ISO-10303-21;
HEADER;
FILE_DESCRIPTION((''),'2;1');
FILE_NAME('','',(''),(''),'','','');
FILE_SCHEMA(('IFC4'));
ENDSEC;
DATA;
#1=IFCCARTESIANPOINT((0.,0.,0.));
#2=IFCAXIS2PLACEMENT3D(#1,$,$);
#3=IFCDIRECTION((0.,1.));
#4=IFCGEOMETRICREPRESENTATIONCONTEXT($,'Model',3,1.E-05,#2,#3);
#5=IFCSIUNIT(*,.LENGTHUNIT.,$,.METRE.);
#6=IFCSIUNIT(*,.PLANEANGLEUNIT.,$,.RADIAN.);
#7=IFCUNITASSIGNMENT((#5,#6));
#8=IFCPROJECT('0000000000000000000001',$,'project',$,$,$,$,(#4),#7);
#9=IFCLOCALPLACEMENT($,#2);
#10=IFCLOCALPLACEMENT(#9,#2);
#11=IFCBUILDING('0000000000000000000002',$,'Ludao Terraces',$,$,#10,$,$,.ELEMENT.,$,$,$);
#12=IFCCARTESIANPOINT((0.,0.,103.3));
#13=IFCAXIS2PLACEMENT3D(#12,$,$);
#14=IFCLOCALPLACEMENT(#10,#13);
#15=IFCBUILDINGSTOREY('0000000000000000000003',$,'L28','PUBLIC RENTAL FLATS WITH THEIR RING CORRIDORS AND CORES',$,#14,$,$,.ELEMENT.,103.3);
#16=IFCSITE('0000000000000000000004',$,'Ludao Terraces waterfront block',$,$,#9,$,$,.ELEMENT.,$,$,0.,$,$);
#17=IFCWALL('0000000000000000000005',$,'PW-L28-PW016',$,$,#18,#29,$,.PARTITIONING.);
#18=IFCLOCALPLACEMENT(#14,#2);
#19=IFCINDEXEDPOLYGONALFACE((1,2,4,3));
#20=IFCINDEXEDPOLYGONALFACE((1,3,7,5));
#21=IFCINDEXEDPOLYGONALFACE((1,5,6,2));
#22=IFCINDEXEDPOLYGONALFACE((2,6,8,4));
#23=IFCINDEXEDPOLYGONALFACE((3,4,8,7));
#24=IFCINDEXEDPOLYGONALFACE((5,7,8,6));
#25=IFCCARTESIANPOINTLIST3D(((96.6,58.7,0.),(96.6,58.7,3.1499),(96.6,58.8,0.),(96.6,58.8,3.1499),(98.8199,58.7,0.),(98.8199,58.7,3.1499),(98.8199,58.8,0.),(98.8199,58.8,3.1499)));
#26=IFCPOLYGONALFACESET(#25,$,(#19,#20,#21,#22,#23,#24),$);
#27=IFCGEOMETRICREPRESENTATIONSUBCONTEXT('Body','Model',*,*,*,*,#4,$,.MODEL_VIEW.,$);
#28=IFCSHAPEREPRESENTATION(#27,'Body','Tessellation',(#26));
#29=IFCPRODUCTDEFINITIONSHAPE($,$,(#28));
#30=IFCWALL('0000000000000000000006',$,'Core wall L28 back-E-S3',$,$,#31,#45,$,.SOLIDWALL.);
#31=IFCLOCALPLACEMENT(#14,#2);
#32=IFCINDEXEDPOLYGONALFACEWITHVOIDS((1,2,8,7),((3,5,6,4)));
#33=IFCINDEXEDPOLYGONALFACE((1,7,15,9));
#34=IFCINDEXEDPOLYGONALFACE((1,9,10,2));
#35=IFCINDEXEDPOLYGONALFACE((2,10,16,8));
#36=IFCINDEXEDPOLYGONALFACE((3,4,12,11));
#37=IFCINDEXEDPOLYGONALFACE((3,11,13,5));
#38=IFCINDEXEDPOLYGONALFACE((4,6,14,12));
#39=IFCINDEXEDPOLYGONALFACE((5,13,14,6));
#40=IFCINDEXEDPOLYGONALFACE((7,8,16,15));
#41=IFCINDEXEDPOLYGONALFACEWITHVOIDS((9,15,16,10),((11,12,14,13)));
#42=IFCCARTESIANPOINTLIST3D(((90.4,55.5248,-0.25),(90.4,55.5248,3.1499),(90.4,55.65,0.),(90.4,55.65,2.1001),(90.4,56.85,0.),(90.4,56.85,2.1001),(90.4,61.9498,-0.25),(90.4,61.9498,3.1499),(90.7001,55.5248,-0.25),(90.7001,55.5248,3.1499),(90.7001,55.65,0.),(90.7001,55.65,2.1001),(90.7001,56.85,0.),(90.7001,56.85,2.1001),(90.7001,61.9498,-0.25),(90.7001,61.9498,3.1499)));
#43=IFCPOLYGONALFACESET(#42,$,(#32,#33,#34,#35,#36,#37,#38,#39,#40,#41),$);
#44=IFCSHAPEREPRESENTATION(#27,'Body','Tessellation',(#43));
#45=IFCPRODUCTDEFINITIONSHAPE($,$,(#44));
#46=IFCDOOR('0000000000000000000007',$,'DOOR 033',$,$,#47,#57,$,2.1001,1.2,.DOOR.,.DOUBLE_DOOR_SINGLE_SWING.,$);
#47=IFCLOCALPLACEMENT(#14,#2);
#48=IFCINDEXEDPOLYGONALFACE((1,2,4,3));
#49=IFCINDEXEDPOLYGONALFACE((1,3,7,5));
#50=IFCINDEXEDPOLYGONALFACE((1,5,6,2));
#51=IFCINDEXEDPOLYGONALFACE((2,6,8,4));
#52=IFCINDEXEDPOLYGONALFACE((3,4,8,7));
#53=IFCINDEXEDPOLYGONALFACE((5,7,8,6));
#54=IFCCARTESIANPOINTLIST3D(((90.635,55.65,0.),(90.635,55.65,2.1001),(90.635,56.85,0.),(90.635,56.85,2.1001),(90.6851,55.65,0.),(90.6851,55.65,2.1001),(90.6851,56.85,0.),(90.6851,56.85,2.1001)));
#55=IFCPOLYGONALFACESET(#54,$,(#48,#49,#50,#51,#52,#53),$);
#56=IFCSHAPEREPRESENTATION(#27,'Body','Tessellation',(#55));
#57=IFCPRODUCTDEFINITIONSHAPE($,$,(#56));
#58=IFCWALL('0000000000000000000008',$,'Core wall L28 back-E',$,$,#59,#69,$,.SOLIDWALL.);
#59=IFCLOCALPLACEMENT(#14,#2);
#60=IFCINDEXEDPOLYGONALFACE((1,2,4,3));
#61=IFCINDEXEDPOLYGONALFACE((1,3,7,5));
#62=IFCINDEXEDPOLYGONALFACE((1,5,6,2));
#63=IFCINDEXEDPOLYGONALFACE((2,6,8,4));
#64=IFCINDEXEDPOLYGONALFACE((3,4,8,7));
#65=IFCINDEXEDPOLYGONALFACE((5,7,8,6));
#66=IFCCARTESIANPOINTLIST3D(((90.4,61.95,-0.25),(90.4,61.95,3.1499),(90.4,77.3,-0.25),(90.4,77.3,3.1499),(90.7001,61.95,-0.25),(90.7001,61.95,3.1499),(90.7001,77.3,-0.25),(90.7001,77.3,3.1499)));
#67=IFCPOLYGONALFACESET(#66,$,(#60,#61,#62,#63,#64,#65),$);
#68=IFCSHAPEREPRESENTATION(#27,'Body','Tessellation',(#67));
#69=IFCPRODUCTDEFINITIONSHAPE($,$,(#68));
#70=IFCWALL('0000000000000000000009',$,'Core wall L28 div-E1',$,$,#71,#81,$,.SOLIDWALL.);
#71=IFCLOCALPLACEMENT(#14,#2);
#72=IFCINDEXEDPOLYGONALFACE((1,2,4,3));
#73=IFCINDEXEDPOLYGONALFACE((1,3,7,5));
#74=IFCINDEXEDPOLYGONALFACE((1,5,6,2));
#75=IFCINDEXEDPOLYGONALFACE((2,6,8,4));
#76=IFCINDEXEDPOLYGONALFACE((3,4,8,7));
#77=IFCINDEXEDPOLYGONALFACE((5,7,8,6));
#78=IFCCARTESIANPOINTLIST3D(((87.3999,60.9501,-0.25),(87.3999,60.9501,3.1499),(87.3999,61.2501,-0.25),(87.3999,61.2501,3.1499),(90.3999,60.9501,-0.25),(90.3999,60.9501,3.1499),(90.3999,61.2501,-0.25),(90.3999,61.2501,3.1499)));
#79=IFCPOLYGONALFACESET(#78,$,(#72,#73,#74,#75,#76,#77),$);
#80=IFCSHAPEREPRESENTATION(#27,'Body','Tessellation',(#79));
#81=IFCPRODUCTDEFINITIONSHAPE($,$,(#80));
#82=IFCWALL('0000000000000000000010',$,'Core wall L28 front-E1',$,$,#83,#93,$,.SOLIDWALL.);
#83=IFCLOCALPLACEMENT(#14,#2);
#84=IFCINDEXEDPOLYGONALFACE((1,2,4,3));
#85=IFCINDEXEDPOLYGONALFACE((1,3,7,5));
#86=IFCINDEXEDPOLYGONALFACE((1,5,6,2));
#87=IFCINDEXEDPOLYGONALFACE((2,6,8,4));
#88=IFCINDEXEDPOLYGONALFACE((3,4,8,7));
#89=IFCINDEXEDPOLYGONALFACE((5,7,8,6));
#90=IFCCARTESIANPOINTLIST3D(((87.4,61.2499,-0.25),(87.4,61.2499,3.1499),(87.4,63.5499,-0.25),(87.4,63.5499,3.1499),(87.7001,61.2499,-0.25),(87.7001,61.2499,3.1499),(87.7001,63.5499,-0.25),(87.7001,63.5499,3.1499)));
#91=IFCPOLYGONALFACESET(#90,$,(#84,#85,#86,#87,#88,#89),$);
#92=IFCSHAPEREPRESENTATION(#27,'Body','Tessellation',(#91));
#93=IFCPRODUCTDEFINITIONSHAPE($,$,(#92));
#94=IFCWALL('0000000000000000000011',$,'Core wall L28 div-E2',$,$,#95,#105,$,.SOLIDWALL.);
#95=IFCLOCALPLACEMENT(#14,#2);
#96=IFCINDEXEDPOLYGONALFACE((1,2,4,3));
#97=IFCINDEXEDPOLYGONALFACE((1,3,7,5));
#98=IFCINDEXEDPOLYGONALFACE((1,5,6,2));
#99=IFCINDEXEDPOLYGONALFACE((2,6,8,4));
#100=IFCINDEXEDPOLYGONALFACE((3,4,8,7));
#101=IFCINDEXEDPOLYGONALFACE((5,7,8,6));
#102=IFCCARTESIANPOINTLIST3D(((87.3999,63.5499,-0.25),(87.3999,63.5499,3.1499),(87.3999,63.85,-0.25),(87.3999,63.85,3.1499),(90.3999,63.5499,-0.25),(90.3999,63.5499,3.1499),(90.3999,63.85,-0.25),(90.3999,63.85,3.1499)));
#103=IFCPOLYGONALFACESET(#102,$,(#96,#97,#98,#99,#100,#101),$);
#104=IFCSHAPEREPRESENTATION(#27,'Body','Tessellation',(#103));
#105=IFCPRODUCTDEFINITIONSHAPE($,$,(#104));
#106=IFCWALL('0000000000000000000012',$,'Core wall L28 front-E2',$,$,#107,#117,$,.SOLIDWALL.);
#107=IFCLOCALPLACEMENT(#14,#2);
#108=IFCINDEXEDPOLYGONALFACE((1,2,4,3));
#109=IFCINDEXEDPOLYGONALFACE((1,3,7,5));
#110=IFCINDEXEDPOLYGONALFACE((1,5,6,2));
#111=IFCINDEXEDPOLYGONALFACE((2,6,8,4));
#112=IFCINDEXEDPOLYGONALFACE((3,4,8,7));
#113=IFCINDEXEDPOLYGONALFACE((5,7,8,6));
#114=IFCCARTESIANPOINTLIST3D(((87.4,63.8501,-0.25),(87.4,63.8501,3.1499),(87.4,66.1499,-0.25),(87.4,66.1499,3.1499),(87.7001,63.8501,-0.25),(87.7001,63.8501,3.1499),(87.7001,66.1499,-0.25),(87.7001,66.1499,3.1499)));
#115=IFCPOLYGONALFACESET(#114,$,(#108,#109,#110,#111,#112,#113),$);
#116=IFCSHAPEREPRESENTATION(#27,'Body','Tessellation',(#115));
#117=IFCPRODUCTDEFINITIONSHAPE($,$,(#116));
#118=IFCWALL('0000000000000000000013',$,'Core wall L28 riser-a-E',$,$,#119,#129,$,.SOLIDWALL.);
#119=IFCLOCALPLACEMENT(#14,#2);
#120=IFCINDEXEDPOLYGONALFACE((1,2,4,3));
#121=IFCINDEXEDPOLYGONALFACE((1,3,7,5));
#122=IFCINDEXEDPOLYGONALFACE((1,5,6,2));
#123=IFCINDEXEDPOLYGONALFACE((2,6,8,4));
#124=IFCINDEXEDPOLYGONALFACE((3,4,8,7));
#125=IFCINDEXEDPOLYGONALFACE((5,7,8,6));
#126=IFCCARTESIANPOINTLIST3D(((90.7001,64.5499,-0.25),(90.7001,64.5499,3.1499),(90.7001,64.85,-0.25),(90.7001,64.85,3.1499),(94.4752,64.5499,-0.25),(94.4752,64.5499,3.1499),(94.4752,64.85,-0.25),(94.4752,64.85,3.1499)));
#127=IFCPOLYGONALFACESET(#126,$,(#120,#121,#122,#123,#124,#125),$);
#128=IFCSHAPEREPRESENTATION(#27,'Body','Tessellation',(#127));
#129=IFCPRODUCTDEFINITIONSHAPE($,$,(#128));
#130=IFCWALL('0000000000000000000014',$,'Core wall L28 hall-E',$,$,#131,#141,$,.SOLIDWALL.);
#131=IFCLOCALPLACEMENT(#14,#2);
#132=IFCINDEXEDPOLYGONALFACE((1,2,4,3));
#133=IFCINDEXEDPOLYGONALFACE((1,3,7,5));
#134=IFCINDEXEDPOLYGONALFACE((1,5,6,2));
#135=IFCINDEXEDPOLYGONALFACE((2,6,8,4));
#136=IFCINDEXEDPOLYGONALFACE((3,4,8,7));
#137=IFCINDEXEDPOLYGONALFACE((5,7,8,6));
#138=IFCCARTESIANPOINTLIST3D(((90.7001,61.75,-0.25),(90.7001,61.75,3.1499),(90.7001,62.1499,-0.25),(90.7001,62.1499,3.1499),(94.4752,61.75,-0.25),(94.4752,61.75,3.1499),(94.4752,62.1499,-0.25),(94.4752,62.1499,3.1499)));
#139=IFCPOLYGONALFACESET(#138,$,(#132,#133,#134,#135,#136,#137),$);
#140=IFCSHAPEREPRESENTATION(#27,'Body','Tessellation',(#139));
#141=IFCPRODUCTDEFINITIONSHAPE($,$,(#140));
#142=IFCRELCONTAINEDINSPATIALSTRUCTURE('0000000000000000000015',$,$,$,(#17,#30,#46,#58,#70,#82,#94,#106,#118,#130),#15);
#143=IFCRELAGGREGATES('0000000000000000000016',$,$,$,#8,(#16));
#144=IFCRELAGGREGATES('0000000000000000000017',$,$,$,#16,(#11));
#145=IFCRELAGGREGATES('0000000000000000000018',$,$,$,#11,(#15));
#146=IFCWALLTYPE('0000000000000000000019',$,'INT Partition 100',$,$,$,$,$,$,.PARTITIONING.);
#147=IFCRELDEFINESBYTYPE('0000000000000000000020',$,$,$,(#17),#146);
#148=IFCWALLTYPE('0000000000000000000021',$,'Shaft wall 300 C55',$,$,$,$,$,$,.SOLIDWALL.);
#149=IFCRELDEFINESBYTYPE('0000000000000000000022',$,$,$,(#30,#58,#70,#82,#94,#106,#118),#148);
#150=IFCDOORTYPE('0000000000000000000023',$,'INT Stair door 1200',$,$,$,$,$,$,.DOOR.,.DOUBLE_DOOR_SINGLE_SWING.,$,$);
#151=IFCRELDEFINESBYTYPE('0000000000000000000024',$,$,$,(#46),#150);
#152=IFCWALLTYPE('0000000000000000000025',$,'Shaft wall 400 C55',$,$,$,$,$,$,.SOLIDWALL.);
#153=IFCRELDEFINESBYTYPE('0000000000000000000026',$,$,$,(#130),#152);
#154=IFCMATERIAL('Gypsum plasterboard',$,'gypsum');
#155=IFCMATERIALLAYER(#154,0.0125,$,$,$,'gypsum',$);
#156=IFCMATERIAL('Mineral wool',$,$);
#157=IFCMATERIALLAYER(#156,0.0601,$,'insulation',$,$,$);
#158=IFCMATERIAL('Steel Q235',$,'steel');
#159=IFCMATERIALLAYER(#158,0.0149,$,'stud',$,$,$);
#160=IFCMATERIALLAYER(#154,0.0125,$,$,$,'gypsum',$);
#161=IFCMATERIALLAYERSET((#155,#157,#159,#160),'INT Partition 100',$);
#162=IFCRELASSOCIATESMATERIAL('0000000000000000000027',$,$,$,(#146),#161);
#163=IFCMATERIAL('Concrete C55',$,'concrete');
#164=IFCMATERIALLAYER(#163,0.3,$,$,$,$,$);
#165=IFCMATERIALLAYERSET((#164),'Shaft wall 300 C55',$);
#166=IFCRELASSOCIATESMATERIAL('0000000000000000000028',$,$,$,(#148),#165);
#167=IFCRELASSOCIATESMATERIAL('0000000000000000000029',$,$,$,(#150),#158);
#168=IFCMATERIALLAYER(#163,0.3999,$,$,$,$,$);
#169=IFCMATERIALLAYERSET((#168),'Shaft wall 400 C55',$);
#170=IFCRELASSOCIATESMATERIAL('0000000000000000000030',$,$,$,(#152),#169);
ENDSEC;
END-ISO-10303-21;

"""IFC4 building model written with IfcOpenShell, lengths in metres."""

from ifc_helpers import new_model, si_unit, direction, frame, frame_2d, origin, place, context, subcontext, project, spatial, rectangle, extrude, material, layer, layer_set, type_object, element, fill, save


model = new_model("IFC4")

# Units and contexts
model_context = context("Model", 3, precision=1e-05, world=origin(), true_north=direction((0.0, 1.0)))
body_context = subcontext(model_context, "Body", "Model", "MODEL_VIEW")
ifc_project = project(units=[si_unit("LENGTHUNIT", "METRE"), si_unit("PLANEANGLEUNIT", "RADIAN")], contexts=[model_context])

# Site, building, storey
site_placement = place(None, origin())
site = spatial("IfcSite", under=ifc_project, at=site_placement, Name="Ludao Terraces waterfront block", CompositionType="ELEMENT", RefElevation=0.0)
building_placement = place(site_placement, origin())
building = spatial("IfcBuilding", under=site, at=building_placement, Name="Ludao Terraces", CompositionType="ELEMENT")
storey_placement = place(building_placement, frame((0.0, 0.0, 103.3)))
storey = spatial("IfcBuildingStorey", under=building, at=storey_placement, Name="L28", Description="PUBLIC RENTAL FLATS WITH THEIR RING CORRIDORS AND CORES", CompositionType="ELEMENT", Elevation=103.3)

# Shared definitions
ifc_material_1 = material(Name="Steel Q235", Category="steel")

# Shared definitions
ifc_material_2 = material(Name="Mineral wool")

# Wall
ifc_material_3 = material(Name="Gypsum plasterboard", Category="gypsum")
ifc_layer_1 = layer(ifc_material_3, 0.0125, Category="gypsum")
ifc_layer_2 = layer(ifc_material_2, 0.0601, Name="insulation")
ifc_layer_3 = layer(ifc_material_1, 0.0149, Name="stud")
ifc_layer_4 = layer(ifc_material_3, 0.0125, Category="gypsum")
ifc_layer_set_1 = layer_set([ifc_layer_1, ifc_layer_2, ifc_layer_3, ifc_layer_4], Name="INT Partition 100")
wall_type_1 = type_object("IfcWallType", Name="INT Partition 100", PredefinedType="PARTITIONING", material=ifc_layer_set_1)
for number, where, z_axis, x_axis, name in (
    (1, (96.6001, 58.75, 0.0), (0.0, 0.0, 1.0), (1.0, 0.0, 0.0), "PW-L28-PW016"),
):
    element("IfcWall", number, at=place(storey_placement, frame(where, z_axis=z_axis, x_axis=x_axis)), inside=storey, type_object=wall_type_1, Name=name, PredefinedType="PARTITIONING", context=body_context, shape_type="SweptSolid", body=[
        extrude(rectangle(XDim=2.22, YDim=0.1001, at=frame_2d((1.1099, 0.0))), origin(), (0.0, 0.0, 1.0), 3.1499),
    ])

# Wall, opening, door
ifc_material_4 = material(Name="Concrete C55", Category="concrete")
ifc_layer_5 = layer(ifc_material_4, 0.3)
ifc_layer_set_2 = layer_set([ifc_layer_5], Name="Shaft wall 300 C55")
wall_type_2 = type_object("IfcWallType", Name="Shaft wall 300 C55", PredefinedType="SOLIDWALL", material=ifc_layer_set_2)
wall_1_placement = place(storey_placement, frame((90.55, 55.5249, -0.25), z_axis=(0.0, 0.0, 1.0), x_axis=(0.0, 1.0, 0.0)))
wall_1 = element("IfcWall", 2, at=wall_1_placement, inside=storey, type_object=wall_type_2, Name="Core wall L28 back-E-S3", PredefinedType="SOLIDWALL", context=body_context, shape_type="SweptSolid", body=[
    extrude(rectangle(XDim=6.425, YDim=0.3, at=frame_2d((3.2124, 0.0))), origin(), (0.0, 0.0, 1.0), 3.3999),
])
opening_1_placement = place(wall_1_placement, frame((0.125, 0.0, 0.25)))
opening_1 = element("IfcOpeningElement", 3, at=opening_1_placement, cuts=wall_1, PredefinedType="OPENING", context=body_context, shape_type="SweptSolid", body=[
    extrude(rectangle(XDim=1.2, YDim=2.1001, at=frame_2d((0.6001, 1.05))), frame((0.0, 0.1602, 0.0), z_axis=(0.0, -1.0, 0.0), x_axis=(1.0, 0.0, 0.0)), (0.0, 0.0, 1.0), 0.3201),
])
door_type_1 = type_object("IfcDoorType", Name="INT Stair door 1200", OperationType="DOUBLE_DOOR_SINGLE_SWING", PredefinedType="DOOR", material=ifc_material_1)
door_1_placement = place(opening_1_placement, origin())
door_1 = element("IfcDoor", 4, at=door_1_placement, inside=storey, type_object=door_type_1, Name="DOOR 033", OperationType="DOUBLE_DOOR_SINGLE_SWING", OverallHeight=2.1001, OverallWidth=1.2, PredefinedType="DOOR", context=body_context, shape_type="SweptSolid", body=[
    extrude(rectangle(XDim=1.2, YDim=2.1001, at=frame_2d((0.6001, 1.05))), frame((0.0, -0.085, 0.0), z_axis=(0.0, -1.0, 0.0), x_axis=(1.0, 0.0, 0.0)), (0.0, 0.0, 1.0), 0.05),
])
fill(opening_1, door_1)

# Walls
wall_2_placement = place(storey_placement, frame((90.55, 61.95, -0.25), z_axis=(0.0, 0.0, 1.0), x_axis=(0.0, 1.0, 0.0)))
element("IfcWall", 5, at=wall_2_placement, inside=storey, type_object=wall_type_2, Name="Core wall L28 back-E", PredefinedType="SOLIDWALL", context=body_context, shape_type="SweptSolid", body=[
    extrude(rectangle(XDim=15.3501, YDim=0.3, at=frame_2d((7.675, 0.0))), origin(), (0.0, 0.0, 1.0), 3.3999),
])
wall_3_placement = place(storey_placement, frame((87.3999, 61.1001, -0.25), z_axis=(0.0, 0.0, 1.0), x_axis=(1.0, 0.0, 0.0)))
element("IfcWall", 6, at=wall_3_placement, inside=storey, type_object=wall_type_2, Name="Core wall L28 div-E1", PredefinedType="SOLIDWALL", context=body_context, shape_type="SweptSolid", body=[
    extrude(rectangle(XDim=3.0, YDim=0.3, at=frame_2d((1.5, 0.0))), origin(), (0.0, 0.0, 1.0), 3.3999),
])
wall_4_placement = place(storey_placement, frame((87.55, 61.25, -0.25), z_axis=(0.0, 0.0, 1.0), x_axis=(0.0, 1.0, 0.0)))
element("IfcWall", 7, at=wall_4_placement, inside=storey, type_object=wall_type_2, Name="Core wall L28 front-E1", PredefinedType="SOLIDWALL", context=body_context, shape_type="SweptSolid", body=[
    extrude(rectangle(XDim=2.3, YDim=0.3, at=frame_2d((1.1499, 0.0))), origin(), (0.0, 0.0, 1.0), 3.3999),
])
wall_5_placement = place(storey_placement, frame((87.3999, 63.7, -0.25), z_axis=(0.0, 0.0, 1.0), x_axis=(1.0, 0.0, 0.0)))
element("IfcWall", 8, at=wall_5_placement, inside=storey, type_object=wall_type_2, Name="Core wall L28 div-E2", PredefinedType="SOLIDWALL", context=body_context, shape_type="SweptSolid", body=[
    extrude(rectangle(XDim=3.0, YDim=0.3, at=frame_2d((1.5, 0.0))), origin(), (0.0, 0.0, 1.0), 3.3999),
])
wall_6_placement = place(storey_placement, frame((87.55, 63.8501, -0.25), z_axis=(0.0, 0.0, 1.0), x_axis=(0.0, 1.0, 0.0)))
element("IfcWall", 9, at=wall_6_placement, inside=storey, type_object=wall_type_2, Name="Core wall L28 front-E2", PredefinedType="SOLIDWALL", context=body_context, shape_type="SweptSolid", body=[
    extrude(rectangle(XDim=2.2998, YDim=0.3, at=frame_2d((1.1499, 0.0))), origin(), (0.0, 0.0, 1.0), 3.3999),
])
wall_7_placement = place(storey_placement, frame((90.7, 64.7, -0.25), z_axis=(0.0, 0.0, 1.0), x_axis=(1.0, 0.0, 0.0)))
element("IfcWall", 10, at=wall_7_placement, inside=storey, type_object=wall_type_2, Name="Core wall L28 riser-a-E", PredefinedType="SOLIDWALL", context=body_context, shape_type="SweptSolid", body=[
    extrude(rectangle(XDim=3.7751, YDim=0.3, at=frame_2d((1.8877, 0.0))), origin(), (0.0, 0.0, 1.0), 3.3999),
])
ifc_layer_6 = layer(ifc_material_4, 0.3999)
ifc_layer_set_3 = layer_set([ifc_layer_6], Name="Shaft wall 400 C55")
wall_type_3 = type_object("IfcWallType", Name="Shaft wall 400 C55", PredefinedType="SOLIDWALL", material=ifc_layer_set_3)
wall_8_placement = place(storey_placement, frame((90.7, 61.95, -0.25), z_axis=(0.0, 0.0, 1.0), x_axis=(1.0, 0.0, 0.0)))
element("IfcWall", 11, at=wall_8_placement, inside=storey, type_object=wall_type_3, Name="Core wall L28 hall-E", PredefinedType="SOLIDWALL", context=body_context, shape_type="SweptSolid", body=[
    extrude(rectangle(XDim=3.7751, YDim=0.3999, at=frame_2d((1.8877, 0.0))), origin(), (0.0, 0.0, 1.0), 3.3999),
])

save(model, "model.ifc")
